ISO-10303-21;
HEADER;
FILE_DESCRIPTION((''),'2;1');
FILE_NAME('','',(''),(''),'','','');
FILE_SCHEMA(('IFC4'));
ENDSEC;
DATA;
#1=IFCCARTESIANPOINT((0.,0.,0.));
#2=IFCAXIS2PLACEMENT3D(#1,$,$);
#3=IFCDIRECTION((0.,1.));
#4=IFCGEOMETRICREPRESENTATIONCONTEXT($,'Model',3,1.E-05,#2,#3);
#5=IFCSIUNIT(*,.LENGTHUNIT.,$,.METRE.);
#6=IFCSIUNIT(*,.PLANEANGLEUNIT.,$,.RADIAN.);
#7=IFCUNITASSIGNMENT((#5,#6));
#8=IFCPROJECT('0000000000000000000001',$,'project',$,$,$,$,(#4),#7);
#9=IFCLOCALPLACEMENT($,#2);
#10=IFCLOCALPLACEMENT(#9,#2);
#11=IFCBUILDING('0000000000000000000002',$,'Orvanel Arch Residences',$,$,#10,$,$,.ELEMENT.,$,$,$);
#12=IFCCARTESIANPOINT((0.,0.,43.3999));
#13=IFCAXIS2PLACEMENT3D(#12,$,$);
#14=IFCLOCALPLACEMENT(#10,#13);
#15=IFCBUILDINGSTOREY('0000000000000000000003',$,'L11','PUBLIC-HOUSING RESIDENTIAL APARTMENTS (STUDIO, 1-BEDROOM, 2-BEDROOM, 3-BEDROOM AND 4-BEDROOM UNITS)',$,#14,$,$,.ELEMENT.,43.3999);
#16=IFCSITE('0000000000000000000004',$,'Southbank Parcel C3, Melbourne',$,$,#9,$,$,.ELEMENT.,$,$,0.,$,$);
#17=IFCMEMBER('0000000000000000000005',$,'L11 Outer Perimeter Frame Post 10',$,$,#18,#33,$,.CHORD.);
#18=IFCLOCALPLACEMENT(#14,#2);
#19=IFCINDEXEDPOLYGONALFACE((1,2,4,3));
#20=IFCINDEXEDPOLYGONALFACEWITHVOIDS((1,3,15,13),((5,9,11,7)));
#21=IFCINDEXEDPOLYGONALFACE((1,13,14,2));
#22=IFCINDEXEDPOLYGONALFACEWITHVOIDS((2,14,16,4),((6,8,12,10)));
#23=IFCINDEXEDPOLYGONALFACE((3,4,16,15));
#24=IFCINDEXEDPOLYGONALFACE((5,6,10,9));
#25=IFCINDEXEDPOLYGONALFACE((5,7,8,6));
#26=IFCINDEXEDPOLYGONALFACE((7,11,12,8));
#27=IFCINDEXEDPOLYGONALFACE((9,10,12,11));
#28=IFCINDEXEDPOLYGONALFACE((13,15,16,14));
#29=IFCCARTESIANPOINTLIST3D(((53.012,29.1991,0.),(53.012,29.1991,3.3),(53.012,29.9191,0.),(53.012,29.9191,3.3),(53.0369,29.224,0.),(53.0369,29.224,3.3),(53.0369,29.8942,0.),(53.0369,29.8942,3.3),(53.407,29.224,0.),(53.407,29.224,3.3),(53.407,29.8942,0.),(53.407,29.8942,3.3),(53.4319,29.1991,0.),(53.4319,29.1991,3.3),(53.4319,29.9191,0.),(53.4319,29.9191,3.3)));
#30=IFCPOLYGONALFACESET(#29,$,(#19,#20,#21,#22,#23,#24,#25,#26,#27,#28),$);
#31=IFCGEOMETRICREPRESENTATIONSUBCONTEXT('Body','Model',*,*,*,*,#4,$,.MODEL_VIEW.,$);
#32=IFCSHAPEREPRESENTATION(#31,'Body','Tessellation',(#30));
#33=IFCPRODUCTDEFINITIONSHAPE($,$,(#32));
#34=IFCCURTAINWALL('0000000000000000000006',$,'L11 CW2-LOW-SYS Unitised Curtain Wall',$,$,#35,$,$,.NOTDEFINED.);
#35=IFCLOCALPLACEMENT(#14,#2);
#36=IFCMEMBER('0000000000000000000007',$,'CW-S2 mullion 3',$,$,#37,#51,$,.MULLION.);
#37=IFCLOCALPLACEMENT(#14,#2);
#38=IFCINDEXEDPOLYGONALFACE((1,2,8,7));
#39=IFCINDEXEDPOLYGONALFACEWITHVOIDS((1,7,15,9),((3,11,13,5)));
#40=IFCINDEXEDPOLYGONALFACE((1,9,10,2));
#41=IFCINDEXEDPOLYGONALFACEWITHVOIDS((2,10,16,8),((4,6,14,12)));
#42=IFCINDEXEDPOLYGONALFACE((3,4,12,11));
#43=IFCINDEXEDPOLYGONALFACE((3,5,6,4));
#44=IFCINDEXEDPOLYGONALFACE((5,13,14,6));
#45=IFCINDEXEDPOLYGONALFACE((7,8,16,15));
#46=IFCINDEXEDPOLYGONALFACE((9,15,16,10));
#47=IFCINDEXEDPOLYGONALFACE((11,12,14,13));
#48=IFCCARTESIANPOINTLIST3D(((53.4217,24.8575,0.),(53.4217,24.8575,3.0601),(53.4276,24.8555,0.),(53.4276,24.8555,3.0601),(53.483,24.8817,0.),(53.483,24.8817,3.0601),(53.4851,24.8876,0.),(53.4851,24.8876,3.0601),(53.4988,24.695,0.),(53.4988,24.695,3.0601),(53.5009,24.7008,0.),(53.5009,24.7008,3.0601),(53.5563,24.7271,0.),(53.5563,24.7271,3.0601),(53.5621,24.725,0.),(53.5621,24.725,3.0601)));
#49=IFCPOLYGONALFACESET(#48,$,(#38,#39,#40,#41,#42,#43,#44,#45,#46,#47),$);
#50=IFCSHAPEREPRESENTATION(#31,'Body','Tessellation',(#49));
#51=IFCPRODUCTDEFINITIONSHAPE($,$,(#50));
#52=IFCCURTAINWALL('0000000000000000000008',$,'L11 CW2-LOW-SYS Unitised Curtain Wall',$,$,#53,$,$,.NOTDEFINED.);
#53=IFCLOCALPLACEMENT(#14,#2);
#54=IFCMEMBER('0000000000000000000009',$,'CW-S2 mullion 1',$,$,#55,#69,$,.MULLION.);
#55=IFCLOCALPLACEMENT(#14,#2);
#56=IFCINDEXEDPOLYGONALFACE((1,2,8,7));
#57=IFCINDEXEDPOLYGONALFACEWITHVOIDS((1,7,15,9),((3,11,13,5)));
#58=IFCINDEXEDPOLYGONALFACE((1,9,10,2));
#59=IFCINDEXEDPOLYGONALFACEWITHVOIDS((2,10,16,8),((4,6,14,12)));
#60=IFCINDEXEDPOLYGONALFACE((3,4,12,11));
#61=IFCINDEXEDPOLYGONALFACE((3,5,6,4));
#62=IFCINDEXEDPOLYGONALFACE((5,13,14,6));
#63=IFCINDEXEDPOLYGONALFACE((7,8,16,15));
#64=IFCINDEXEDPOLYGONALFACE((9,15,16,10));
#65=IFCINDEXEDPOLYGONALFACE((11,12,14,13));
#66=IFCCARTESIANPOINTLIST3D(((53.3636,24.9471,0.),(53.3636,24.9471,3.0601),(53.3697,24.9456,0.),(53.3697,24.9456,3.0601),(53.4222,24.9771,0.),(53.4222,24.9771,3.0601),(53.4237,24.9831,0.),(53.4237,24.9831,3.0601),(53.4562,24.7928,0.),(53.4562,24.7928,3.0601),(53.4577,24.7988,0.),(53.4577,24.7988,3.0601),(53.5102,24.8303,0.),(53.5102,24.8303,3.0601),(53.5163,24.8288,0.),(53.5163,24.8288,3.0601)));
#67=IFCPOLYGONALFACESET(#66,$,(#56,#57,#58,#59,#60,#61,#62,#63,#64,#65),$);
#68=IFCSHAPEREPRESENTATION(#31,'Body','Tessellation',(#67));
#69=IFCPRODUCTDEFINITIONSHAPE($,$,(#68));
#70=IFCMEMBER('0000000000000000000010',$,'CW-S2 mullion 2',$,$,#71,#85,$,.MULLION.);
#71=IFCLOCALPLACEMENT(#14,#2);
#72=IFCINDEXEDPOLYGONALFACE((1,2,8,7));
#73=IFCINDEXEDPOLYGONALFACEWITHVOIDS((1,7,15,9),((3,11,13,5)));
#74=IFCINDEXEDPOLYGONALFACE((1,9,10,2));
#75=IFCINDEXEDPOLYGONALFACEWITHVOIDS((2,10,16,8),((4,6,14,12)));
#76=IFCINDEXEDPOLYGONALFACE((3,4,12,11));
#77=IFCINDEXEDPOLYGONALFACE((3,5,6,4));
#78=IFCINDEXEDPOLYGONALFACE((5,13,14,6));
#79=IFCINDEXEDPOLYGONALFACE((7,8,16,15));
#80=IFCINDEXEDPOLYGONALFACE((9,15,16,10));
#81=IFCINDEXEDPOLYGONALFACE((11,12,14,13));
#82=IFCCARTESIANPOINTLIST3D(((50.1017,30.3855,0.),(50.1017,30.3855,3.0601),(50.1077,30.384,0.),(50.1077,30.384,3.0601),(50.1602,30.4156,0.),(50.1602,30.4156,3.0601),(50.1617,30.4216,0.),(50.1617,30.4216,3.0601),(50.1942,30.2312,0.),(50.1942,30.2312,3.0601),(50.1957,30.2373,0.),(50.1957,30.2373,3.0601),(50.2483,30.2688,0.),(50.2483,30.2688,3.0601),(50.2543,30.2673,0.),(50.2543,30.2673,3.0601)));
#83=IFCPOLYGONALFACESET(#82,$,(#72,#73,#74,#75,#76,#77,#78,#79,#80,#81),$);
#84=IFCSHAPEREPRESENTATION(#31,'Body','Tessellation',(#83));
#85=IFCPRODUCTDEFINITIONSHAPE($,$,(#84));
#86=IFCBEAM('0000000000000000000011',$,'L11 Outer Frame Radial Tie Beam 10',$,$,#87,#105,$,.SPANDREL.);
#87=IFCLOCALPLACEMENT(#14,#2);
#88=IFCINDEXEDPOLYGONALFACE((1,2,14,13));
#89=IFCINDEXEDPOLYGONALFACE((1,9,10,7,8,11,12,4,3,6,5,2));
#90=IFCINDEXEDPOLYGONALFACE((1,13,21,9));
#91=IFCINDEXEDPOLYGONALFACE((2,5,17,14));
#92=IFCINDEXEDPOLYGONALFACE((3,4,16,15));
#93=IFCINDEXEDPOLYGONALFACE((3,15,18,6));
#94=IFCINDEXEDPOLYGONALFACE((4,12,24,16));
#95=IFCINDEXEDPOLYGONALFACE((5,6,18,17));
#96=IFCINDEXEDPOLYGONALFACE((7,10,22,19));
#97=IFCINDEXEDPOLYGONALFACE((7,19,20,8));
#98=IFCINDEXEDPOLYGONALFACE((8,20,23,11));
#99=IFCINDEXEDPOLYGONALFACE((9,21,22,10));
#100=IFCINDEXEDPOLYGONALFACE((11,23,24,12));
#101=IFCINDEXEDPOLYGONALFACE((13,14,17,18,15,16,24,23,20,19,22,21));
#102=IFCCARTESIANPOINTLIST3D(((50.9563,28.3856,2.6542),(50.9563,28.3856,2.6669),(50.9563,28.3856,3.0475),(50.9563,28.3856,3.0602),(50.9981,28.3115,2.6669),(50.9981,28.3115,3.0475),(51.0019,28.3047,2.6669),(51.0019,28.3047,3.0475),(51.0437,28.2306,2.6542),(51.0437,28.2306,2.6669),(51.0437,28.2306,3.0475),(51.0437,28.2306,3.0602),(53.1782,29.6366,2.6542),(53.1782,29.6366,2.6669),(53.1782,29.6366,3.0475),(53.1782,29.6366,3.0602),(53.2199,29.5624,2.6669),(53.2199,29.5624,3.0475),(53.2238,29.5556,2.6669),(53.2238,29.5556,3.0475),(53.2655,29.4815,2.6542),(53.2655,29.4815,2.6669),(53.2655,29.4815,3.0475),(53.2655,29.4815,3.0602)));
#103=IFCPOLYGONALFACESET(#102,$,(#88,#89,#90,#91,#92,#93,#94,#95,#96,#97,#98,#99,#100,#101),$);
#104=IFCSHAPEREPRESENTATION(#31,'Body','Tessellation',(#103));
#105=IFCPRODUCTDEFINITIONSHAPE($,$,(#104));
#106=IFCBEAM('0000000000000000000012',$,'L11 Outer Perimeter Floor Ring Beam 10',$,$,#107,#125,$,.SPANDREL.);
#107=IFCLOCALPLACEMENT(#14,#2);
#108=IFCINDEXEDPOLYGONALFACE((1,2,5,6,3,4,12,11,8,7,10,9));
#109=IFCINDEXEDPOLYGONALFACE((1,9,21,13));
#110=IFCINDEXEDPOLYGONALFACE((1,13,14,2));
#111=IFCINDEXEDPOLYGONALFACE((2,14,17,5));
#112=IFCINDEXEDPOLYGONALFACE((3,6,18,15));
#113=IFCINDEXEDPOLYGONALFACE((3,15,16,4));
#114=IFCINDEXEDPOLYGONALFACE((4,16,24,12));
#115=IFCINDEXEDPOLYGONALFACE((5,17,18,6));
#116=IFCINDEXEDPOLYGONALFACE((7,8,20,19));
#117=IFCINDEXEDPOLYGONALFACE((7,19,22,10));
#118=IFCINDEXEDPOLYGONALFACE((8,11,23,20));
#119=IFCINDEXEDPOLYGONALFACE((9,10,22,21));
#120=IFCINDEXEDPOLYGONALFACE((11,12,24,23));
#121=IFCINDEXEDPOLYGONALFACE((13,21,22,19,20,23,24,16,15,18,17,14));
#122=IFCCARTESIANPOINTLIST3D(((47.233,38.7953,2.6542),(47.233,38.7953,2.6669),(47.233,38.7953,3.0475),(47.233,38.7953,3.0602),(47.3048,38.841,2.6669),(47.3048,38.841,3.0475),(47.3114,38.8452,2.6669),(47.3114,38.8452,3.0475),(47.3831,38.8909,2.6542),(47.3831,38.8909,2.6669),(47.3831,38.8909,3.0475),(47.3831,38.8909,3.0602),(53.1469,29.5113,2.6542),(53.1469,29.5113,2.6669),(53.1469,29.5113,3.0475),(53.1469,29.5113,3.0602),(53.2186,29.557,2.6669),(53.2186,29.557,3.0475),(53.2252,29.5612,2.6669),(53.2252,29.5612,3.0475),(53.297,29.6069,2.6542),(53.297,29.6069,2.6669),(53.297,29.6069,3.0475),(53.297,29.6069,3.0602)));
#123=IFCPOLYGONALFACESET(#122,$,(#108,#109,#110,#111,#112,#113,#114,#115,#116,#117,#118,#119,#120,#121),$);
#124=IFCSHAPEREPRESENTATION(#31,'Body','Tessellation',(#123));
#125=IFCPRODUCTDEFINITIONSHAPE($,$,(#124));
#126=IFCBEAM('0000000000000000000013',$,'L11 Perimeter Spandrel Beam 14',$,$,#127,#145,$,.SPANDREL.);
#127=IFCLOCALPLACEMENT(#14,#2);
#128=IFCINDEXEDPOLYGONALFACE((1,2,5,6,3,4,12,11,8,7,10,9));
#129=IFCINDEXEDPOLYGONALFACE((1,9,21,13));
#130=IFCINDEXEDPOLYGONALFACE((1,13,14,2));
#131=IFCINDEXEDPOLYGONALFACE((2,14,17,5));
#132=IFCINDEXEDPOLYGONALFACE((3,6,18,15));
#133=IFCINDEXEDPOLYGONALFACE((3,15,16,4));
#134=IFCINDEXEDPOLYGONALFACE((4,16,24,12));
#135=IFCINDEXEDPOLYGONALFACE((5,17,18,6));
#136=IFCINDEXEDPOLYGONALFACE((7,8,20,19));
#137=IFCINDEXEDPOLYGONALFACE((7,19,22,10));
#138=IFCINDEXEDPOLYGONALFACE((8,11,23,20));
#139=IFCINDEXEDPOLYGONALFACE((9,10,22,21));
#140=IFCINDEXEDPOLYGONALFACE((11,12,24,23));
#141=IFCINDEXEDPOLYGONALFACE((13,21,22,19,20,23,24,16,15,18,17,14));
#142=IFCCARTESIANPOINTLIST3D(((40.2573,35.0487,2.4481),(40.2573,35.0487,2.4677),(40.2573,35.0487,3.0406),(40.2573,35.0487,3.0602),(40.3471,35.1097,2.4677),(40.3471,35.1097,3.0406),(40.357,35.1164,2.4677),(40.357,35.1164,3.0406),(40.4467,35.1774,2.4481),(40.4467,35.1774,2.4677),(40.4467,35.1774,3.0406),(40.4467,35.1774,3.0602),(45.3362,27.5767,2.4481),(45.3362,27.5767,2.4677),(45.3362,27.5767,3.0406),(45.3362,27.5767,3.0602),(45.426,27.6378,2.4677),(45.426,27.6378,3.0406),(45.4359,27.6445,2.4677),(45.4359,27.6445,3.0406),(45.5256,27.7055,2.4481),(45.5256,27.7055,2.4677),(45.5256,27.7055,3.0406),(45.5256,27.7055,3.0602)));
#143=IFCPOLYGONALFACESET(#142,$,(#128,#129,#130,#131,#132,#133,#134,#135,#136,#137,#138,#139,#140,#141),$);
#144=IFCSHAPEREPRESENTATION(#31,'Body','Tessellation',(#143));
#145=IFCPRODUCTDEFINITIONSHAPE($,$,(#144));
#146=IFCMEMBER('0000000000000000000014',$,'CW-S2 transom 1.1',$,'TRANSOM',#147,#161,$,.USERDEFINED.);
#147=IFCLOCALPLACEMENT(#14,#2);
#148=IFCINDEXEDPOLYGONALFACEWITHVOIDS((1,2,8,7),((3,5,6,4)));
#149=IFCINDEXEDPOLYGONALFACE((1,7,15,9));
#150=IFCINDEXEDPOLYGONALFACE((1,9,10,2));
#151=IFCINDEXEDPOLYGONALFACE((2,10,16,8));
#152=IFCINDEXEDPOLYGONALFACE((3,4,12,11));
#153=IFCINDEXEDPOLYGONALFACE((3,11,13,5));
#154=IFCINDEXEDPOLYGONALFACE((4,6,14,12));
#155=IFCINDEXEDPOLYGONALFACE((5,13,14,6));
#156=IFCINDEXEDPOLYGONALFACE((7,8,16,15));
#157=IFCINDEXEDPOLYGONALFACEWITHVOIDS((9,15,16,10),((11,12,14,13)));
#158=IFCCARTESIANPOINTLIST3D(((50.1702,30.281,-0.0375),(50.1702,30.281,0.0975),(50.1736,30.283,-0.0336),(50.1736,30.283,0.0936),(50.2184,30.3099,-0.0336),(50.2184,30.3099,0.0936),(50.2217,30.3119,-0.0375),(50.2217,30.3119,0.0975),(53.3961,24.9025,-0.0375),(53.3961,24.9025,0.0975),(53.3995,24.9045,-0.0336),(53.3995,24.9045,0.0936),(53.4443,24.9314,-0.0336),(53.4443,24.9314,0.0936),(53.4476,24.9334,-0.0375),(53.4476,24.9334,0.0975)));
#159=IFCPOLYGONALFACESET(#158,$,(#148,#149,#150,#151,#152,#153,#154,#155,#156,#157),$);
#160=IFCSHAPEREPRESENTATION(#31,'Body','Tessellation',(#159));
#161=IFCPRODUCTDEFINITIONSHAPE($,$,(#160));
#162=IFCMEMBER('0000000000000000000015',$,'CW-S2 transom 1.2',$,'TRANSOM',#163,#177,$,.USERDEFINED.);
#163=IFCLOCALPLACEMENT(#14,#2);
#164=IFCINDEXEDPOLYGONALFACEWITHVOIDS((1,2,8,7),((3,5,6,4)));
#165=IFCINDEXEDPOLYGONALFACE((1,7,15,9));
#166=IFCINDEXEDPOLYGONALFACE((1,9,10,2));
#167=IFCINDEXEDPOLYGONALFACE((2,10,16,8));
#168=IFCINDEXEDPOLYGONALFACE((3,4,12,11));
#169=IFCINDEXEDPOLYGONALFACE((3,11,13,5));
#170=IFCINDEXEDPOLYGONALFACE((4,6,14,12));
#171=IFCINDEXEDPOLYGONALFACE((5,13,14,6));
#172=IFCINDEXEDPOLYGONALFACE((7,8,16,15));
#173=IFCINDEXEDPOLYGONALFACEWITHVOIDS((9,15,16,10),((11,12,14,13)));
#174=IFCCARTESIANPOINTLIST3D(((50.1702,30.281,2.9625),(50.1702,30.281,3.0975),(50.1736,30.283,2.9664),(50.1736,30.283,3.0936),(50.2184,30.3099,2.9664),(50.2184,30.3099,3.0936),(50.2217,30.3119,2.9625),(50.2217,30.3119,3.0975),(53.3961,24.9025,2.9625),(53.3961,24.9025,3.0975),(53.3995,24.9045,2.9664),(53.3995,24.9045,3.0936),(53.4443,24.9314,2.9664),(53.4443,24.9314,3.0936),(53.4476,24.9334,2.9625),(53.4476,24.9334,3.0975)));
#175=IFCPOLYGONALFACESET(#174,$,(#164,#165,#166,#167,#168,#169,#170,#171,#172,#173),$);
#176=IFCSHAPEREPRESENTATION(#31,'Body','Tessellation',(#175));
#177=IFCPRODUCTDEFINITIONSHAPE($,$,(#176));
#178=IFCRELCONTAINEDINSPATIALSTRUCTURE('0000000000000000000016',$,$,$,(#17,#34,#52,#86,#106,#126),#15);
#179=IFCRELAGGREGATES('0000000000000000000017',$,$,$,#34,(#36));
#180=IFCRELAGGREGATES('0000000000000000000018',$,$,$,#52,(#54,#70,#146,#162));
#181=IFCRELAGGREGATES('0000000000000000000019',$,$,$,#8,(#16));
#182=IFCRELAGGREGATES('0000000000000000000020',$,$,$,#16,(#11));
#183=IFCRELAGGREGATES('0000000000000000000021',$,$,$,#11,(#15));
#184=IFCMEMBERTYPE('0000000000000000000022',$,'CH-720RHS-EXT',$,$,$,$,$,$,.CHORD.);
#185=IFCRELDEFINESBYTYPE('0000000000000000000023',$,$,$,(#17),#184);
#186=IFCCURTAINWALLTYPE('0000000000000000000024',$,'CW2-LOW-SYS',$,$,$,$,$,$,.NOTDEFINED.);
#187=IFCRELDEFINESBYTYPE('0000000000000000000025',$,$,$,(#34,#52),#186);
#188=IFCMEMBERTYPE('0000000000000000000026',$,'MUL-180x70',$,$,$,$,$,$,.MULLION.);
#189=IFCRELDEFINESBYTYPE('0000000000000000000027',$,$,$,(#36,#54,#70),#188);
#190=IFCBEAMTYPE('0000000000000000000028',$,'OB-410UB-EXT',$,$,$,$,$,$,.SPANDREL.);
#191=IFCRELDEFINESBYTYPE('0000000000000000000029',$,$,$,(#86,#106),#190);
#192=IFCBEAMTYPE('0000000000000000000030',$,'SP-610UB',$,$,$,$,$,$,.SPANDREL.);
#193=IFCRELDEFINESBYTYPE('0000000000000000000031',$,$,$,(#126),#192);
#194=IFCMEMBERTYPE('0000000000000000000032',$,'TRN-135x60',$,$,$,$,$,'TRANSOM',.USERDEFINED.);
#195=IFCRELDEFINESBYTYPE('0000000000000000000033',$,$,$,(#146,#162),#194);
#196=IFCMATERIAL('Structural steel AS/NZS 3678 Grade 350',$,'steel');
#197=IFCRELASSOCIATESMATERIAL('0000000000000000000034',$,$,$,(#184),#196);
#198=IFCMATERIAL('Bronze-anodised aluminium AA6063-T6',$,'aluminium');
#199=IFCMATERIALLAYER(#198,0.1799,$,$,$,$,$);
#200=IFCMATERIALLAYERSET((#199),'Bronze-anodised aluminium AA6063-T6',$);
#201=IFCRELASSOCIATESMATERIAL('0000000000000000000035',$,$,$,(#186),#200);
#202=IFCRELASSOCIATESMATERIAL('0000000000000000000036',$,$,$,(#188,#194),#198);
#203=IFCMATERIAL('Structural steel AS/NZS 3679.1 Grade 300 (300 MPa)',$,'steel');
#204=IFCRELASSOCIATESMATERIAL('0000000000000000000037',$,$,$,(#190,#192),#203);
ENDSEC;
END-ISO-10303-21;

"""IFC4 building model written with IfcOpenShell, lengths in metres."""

from ifc_helpers import new_model, si_unit, direction, frame, origin, origin_2d, place, context, subcontext, project, spatial, hollow_rectangle, i_section, extrude, material, layer, layer_set, material_profile, profile_set, type_object, element, aggregate, save


model = new_model("IFC4")

# Units and contexts
model_context = context("Model", 3, precision=1e-05, world=origin(), true_north=direction((0.0, 1.0)))
body_context = subcontext(model_context, "Body", "Model", "MODEL_VIEW")
ifc_project = project(units=[si_unit("LENGTHUNIT", "METRE"), si_unit("PLANEANGLEUNIT", "RADIAN")], contexts=[model_context])

# Site, building, storey
site_placement = place(None, origin())
site = spatial("IfcSite", under=ifc_project, at=site_placement, Name="Southbank Parcel C3, Melbourne", CompositionType="ELEMENT", RefElevation=0.0)
building_placement = place(site_placement, origin())
building = spatial("IfcBuilding", under=site, at=building_placement, Name="Orvanel Arch Residences", CompositionType="ELEMENT")
storey_placement = place(building_placement, frame((0.0, 0.0, 43.3999)))
storey = spatial("IfcBuildingStorey", under=building, at=storey_placement, Name="L11", Description="PUBLIC-HOUSING RESIDENTIAL APARTMENTS (STUDIO, 1-BEDROOM, 2-BEDROOM, 3-BEDROOM AND 4-BEDROOM UNITS)", CompositionType="ELEMENT", Elevation=43.3999)

# Shared definitions
ifc_material_1 = material(Name="Structural steel AS/NZS 3679.1 Grade 300 (300 MPa)", Category="steel")

# Member
ifc_material_2 = material(Name="Structural steel AS/NZS 3678 Grade 350", Category="steel")
ifc_material_profile_1 = material_profile(ifc_material_2, hollow_rectangle(XDim=0.4199, YDim=0.72, WallThickness=0.0249, at=origin_2d()), Name="RHS720x420x25")
ifc_profile_set_1 = profile_set([ifc_material_profile_1], Name="Structural steel AS/NZS 3678 Grade 350")
member_type_1 = type_object("IfcMemberType", Name="CH-720RHS-EXT", PredefinedType="CHORD", material=ifc_profile_set_1)
member_1_placement = place(storey_placement, frame((53.2219, 29.5591, 0.0), z_axis=(0.0, 0.0, 1.0), x_axis=(1.0, 0.0, 0.0)))
element("IfcMember", 1, at=member_1_placement, inside=storey, type_object=member_type_1, Name="L11 Outer Perimeter Frame Post 10", PredefinedType="CHORD", context=body_context, shape_type="SweptSolid", body=[
    extrude(hollow_rectangle(XDim=0.4199, YDim=0.72, WallThickness=0.0249, at=origin_2d()), origin(), (0.0, 0.0, 1.0), 3.3),
])

# Curtain wall, member
ifc_material_3 = material(Name="Bronze-anodised aluminium AA6063-T6", Category="aluminium")
ifc_layer_1 = layer(ifc_material_3, 0.1799)
ifc_layer_set_1 = layer_set([ifc_layer_1], Name="Bronze-anodised aluminium AA6063-T6")
curtain_wall_type = type_object("IfcCurtainWallType", Name="CW2-LOW-SYS", PredefinedType="NOTDEFINED", material=ifc_layer_set_1)
curtain_wall_1_placement = place(storey_placement, origin())
curtain_wall_1 = element("IfcCurtainWall", 2, at=curtain_wall_1_placement, inside=storey, type_object=curtain_wall_type, Name="L11 CW2-LOW-SYS Unitised Curtain Wall", PredefinedType="NOTDEFINED")
ifc_material_profile_2 = material_profile(ifc_material_3, hollow_rectangle(XDim=0.0701, YDim=0.1799, WallThickness=0.0044, at=origin_2d()), Name="ALU180x70x4.5")
ifc_profile_set_2 = profile_set([ifc_material_profile_2], Name="Bronze-anodised aluminium AA6063-T6")
member_type_2 = type_object("IfcMemberType", Name="MUL-180x70", PredefinedType="MULLION", material=ifc_profile_set_2)
member_2_placement = place(storey_placement, frame((53.4919, 24.7913, 0.0), z_axis=(0.0, 0.0, 1.0), x_axis=(-0.90358, -0.428418, 0.0)))
member_2 = element("IfcMember", 3, at=member_2_placement, type_object=member_type_2, Name="CW-S2 mullion 3", PredefinedType="MULLION", context=body_context, shape_type="SweptSolid", body=[
    extrude(hollow_rectangle(XDim=0.0701, YDim=0.1799, WallThickness=0.0044, at=origin_2d()), origin(), (0.0, 0.0, 1.0), 3.0601),
])
aggregate(curtain_wall_1, [member_2])

# Curtain wall, members
curtain_wall_2_placement = place(storey_placement, origin())
curtain_wall_2 = element("IfcCurtainWall", 4, at=curtain_wall_2_placement, inside=storey, type_object=curtain_wall_type, Name="L11 CW2-LOW-SYS Unitised Curtain Wall", PredefinedType="NOTDEFINED")
member_3_placement = place(storey_placement, frame((53.4399, 24.8879, 0.0), z_axis=(0.0, 0.0, 1.0), x_axis=(-0.857569, -0.514369, 0.0)))
member_3 = element("IfcMember", 5, at=member_3_placement, type_object=member_type_2, Name="CW-S2 mullion 1", PredefinedType="MULLION", context=body_context, shape_type="SweptSolid", body=[
    extrude(hollow_rectangle(XDim=0.0701, YDim=0.1799, WallThickness=0.0044, at=origin_2d()), origin(), (0.0, 0.0, 1.0), 3.0601),
])
member_4_placement = place(storey_placement, frame((50.178, 30.3264, 0.0), z_axis=(0.0, 0.0, 1.0), x_axis=(-0.857569, -0.514369, 0.0)))
member_4 = element("IfcMember", 6, at=member_4_placement, type_object=member_type_2, Name="CW-S2 mullion 2", PredefinedType="MULLION", context=body_context, shape_type="SweptSolid", body=[
    extrude(hollow_rectangle(XDim=0.0701, YDim=0.1799, WallThickness=0.0044, at=origin_2d()), origin(), (0.0, 0.0, 1.0), 3.0601),
])

# Beams
ifc_material_profile_3 = material_profile(ifc_material_1, i_section(OverallWidth=0.178, OverallDepth=0.406, WebThickness=0.0078, FlangeThickness=0.0127, at=origin_2d()), Name="410UB59.7")
ifc_profile_set_3 = profile_set([ifc_material_profile_3], Name="Structural steel AS/NZS 3679.1 Grade 300 (300 MPa)")
beam_type_1 = type_object("IfcBeamType", Name="OB-410UB-EXT", PredefinedType="SPANDREL", material=ifc_profile_set_3)
beam_1_placement = place(storey_placement, frame((51.0, 28.3081, 2.8572), z_axis=(0.871384, 0.490602, 0.0), x_axis=(-0.490602, 0.871384, 0.0)))
element("IfcBeam", 7, at=beam_1_placement, inside=storey, type_object=beam_type_1, Name="L11 Outer Frame Radial Tie Beam 10", PredefinedType="SPANDREL", context=body_context, shape_type="SweptSolid", body=[
    extrude(i_section(OverallWidth=0.178, OverallDepth=0.406, WebThickness=0.0078, FlangeThickness=0.0127, at=origin_2d()), origin(), (0.0, 0.0, 1.0), 2.5498),
])
beam_2_placement = place(storey_placement, frame((53.2219, 29.5591, 2.8572), z_axis=(-0.537254, 0.84342, 0.0), x_axis=(-0.84342, -0.537254, 0.0)))
element("IfcBeam", 8, at=beam_2_placement, inside=storey, type_object=beam_type_1, Name="L11 Outer Perimeter Floor Ring Beam 10", PredefinedType="SPANDREL", context=body_context, shape_type="SweptSolid", body=[
    extrude(i_section(OverallWidth=0.178, OverallDepth=0.406, WebThickness=0.0078, FlangeThickness=0.0127, at=origin_2d()), origin(), (0.0, 0.0, 1.0), 11.0076),
])
ifc_material_profile_4 = material_profile(ifc_material_1, i_section(OverallWidth=0.229, OverallDepth=0.6121, WebThickness=0.012, FlangeThickness=0.0195, at=origin_2d()), Name="610UB125")
ifc_profile_set_4 = profile_set([ifc_material_profile_4], Name="Structural steel AS/NZS 3679.1 Grade 300 (300 MPa)")
beam_type_2 = type_object("IfcBeamType", Name="SP-610UB", PredefinedType="SPANDREL", material=ifc_profile_set_4)
beam_3_placement = place(storey_placement, frame((45.4309, 27.6411, 2.7542), z_axis=(-0.562155, 0.827032, 0.0), x_axis=(-0.827032, -0.562155, 0.0)))
element("IfcBeam", 9, at=beam_3_placement, inside=storey, type_object=beam_type_2, Name="L11 Perimeter Spandrel Beam 14", PredefinedType="SPANDREL", context=body_context, shape_type="SweptSolid", body=[
    extrude(i_section(OverallWidth=0.229, OverallDepth=0.6121, WebThickness=0.012, FlangeThickness=0.0195, at=origin_2d()), origin(), (0.0, 0.0, 1.0), 9.0347),
])

# Members
ifc_material_profile_5 = material_profile(ifc_material_3, hollow_rectangle(XDim=0.0601, YDim=0.135, WallThickness=0.0039, at=origin_2d()), Name="ALU135x60x4")
ifc_profile_set_5 = profile_set([ifc_material_profile_5], Name="Bronze-anodised aluminium AA6063-T6")
member_type_3 = type_object("IfcMemberType", Name="TRN-135x60", ElementType="TRANSOM", PredefinedType="USERDEFINED", material=ifc_profile_set_5)
member_5_placement = place(storey_placement, frame((53.4219, 24.918, 0.03), z_axis=(-0.514353, 0.857579, 0.0), x_axis=(-0.857579, -0.514353, 0.0)))
member_5 = element("IfcMember", 10, at=member_5_placement, type_object=member_type_3, Name="CW-S2 transom 1.1", ObjectType="TRANSOM", PredefinedType="USERDEFINED", context=body_context, shape_type="SweptSolid", body=[
    extrude(hollow_rectangle(XDim=0.0601, YDim=0.135, WallThickness=0.0039, at=origin_2d()), origin(), (0.0, 0.0, 1.0), 6.2717),
])
member_6_placement = place(storey_placement, frame((53.4219, 24.918, 3.03), z_axis=(-0.514353, 0.857579, 0.0), x_axis=(-0.857579, -0.514353, 0.0)))
member_6 = element("IfcMember", 11, at=member_6_placement, type_object=member_type_3, Name="CW-S2 transom 1.2", ObjectType="TRANSOM", PredefinedType="USERDEFINED", context=body_context, shape_type="SweptSolid", body=[
    extrude(hollow_rectangle(XDim=0.0601, YDim=0.135, WallThickness=0.0039, at=origin_2d()), origin(), (0.0, 0.0, 1.0), 6.2717),
])

aggregate(curtain_wall_2, [member_3, member_4, member_5, member_6])

save(model, "model.ifc")
